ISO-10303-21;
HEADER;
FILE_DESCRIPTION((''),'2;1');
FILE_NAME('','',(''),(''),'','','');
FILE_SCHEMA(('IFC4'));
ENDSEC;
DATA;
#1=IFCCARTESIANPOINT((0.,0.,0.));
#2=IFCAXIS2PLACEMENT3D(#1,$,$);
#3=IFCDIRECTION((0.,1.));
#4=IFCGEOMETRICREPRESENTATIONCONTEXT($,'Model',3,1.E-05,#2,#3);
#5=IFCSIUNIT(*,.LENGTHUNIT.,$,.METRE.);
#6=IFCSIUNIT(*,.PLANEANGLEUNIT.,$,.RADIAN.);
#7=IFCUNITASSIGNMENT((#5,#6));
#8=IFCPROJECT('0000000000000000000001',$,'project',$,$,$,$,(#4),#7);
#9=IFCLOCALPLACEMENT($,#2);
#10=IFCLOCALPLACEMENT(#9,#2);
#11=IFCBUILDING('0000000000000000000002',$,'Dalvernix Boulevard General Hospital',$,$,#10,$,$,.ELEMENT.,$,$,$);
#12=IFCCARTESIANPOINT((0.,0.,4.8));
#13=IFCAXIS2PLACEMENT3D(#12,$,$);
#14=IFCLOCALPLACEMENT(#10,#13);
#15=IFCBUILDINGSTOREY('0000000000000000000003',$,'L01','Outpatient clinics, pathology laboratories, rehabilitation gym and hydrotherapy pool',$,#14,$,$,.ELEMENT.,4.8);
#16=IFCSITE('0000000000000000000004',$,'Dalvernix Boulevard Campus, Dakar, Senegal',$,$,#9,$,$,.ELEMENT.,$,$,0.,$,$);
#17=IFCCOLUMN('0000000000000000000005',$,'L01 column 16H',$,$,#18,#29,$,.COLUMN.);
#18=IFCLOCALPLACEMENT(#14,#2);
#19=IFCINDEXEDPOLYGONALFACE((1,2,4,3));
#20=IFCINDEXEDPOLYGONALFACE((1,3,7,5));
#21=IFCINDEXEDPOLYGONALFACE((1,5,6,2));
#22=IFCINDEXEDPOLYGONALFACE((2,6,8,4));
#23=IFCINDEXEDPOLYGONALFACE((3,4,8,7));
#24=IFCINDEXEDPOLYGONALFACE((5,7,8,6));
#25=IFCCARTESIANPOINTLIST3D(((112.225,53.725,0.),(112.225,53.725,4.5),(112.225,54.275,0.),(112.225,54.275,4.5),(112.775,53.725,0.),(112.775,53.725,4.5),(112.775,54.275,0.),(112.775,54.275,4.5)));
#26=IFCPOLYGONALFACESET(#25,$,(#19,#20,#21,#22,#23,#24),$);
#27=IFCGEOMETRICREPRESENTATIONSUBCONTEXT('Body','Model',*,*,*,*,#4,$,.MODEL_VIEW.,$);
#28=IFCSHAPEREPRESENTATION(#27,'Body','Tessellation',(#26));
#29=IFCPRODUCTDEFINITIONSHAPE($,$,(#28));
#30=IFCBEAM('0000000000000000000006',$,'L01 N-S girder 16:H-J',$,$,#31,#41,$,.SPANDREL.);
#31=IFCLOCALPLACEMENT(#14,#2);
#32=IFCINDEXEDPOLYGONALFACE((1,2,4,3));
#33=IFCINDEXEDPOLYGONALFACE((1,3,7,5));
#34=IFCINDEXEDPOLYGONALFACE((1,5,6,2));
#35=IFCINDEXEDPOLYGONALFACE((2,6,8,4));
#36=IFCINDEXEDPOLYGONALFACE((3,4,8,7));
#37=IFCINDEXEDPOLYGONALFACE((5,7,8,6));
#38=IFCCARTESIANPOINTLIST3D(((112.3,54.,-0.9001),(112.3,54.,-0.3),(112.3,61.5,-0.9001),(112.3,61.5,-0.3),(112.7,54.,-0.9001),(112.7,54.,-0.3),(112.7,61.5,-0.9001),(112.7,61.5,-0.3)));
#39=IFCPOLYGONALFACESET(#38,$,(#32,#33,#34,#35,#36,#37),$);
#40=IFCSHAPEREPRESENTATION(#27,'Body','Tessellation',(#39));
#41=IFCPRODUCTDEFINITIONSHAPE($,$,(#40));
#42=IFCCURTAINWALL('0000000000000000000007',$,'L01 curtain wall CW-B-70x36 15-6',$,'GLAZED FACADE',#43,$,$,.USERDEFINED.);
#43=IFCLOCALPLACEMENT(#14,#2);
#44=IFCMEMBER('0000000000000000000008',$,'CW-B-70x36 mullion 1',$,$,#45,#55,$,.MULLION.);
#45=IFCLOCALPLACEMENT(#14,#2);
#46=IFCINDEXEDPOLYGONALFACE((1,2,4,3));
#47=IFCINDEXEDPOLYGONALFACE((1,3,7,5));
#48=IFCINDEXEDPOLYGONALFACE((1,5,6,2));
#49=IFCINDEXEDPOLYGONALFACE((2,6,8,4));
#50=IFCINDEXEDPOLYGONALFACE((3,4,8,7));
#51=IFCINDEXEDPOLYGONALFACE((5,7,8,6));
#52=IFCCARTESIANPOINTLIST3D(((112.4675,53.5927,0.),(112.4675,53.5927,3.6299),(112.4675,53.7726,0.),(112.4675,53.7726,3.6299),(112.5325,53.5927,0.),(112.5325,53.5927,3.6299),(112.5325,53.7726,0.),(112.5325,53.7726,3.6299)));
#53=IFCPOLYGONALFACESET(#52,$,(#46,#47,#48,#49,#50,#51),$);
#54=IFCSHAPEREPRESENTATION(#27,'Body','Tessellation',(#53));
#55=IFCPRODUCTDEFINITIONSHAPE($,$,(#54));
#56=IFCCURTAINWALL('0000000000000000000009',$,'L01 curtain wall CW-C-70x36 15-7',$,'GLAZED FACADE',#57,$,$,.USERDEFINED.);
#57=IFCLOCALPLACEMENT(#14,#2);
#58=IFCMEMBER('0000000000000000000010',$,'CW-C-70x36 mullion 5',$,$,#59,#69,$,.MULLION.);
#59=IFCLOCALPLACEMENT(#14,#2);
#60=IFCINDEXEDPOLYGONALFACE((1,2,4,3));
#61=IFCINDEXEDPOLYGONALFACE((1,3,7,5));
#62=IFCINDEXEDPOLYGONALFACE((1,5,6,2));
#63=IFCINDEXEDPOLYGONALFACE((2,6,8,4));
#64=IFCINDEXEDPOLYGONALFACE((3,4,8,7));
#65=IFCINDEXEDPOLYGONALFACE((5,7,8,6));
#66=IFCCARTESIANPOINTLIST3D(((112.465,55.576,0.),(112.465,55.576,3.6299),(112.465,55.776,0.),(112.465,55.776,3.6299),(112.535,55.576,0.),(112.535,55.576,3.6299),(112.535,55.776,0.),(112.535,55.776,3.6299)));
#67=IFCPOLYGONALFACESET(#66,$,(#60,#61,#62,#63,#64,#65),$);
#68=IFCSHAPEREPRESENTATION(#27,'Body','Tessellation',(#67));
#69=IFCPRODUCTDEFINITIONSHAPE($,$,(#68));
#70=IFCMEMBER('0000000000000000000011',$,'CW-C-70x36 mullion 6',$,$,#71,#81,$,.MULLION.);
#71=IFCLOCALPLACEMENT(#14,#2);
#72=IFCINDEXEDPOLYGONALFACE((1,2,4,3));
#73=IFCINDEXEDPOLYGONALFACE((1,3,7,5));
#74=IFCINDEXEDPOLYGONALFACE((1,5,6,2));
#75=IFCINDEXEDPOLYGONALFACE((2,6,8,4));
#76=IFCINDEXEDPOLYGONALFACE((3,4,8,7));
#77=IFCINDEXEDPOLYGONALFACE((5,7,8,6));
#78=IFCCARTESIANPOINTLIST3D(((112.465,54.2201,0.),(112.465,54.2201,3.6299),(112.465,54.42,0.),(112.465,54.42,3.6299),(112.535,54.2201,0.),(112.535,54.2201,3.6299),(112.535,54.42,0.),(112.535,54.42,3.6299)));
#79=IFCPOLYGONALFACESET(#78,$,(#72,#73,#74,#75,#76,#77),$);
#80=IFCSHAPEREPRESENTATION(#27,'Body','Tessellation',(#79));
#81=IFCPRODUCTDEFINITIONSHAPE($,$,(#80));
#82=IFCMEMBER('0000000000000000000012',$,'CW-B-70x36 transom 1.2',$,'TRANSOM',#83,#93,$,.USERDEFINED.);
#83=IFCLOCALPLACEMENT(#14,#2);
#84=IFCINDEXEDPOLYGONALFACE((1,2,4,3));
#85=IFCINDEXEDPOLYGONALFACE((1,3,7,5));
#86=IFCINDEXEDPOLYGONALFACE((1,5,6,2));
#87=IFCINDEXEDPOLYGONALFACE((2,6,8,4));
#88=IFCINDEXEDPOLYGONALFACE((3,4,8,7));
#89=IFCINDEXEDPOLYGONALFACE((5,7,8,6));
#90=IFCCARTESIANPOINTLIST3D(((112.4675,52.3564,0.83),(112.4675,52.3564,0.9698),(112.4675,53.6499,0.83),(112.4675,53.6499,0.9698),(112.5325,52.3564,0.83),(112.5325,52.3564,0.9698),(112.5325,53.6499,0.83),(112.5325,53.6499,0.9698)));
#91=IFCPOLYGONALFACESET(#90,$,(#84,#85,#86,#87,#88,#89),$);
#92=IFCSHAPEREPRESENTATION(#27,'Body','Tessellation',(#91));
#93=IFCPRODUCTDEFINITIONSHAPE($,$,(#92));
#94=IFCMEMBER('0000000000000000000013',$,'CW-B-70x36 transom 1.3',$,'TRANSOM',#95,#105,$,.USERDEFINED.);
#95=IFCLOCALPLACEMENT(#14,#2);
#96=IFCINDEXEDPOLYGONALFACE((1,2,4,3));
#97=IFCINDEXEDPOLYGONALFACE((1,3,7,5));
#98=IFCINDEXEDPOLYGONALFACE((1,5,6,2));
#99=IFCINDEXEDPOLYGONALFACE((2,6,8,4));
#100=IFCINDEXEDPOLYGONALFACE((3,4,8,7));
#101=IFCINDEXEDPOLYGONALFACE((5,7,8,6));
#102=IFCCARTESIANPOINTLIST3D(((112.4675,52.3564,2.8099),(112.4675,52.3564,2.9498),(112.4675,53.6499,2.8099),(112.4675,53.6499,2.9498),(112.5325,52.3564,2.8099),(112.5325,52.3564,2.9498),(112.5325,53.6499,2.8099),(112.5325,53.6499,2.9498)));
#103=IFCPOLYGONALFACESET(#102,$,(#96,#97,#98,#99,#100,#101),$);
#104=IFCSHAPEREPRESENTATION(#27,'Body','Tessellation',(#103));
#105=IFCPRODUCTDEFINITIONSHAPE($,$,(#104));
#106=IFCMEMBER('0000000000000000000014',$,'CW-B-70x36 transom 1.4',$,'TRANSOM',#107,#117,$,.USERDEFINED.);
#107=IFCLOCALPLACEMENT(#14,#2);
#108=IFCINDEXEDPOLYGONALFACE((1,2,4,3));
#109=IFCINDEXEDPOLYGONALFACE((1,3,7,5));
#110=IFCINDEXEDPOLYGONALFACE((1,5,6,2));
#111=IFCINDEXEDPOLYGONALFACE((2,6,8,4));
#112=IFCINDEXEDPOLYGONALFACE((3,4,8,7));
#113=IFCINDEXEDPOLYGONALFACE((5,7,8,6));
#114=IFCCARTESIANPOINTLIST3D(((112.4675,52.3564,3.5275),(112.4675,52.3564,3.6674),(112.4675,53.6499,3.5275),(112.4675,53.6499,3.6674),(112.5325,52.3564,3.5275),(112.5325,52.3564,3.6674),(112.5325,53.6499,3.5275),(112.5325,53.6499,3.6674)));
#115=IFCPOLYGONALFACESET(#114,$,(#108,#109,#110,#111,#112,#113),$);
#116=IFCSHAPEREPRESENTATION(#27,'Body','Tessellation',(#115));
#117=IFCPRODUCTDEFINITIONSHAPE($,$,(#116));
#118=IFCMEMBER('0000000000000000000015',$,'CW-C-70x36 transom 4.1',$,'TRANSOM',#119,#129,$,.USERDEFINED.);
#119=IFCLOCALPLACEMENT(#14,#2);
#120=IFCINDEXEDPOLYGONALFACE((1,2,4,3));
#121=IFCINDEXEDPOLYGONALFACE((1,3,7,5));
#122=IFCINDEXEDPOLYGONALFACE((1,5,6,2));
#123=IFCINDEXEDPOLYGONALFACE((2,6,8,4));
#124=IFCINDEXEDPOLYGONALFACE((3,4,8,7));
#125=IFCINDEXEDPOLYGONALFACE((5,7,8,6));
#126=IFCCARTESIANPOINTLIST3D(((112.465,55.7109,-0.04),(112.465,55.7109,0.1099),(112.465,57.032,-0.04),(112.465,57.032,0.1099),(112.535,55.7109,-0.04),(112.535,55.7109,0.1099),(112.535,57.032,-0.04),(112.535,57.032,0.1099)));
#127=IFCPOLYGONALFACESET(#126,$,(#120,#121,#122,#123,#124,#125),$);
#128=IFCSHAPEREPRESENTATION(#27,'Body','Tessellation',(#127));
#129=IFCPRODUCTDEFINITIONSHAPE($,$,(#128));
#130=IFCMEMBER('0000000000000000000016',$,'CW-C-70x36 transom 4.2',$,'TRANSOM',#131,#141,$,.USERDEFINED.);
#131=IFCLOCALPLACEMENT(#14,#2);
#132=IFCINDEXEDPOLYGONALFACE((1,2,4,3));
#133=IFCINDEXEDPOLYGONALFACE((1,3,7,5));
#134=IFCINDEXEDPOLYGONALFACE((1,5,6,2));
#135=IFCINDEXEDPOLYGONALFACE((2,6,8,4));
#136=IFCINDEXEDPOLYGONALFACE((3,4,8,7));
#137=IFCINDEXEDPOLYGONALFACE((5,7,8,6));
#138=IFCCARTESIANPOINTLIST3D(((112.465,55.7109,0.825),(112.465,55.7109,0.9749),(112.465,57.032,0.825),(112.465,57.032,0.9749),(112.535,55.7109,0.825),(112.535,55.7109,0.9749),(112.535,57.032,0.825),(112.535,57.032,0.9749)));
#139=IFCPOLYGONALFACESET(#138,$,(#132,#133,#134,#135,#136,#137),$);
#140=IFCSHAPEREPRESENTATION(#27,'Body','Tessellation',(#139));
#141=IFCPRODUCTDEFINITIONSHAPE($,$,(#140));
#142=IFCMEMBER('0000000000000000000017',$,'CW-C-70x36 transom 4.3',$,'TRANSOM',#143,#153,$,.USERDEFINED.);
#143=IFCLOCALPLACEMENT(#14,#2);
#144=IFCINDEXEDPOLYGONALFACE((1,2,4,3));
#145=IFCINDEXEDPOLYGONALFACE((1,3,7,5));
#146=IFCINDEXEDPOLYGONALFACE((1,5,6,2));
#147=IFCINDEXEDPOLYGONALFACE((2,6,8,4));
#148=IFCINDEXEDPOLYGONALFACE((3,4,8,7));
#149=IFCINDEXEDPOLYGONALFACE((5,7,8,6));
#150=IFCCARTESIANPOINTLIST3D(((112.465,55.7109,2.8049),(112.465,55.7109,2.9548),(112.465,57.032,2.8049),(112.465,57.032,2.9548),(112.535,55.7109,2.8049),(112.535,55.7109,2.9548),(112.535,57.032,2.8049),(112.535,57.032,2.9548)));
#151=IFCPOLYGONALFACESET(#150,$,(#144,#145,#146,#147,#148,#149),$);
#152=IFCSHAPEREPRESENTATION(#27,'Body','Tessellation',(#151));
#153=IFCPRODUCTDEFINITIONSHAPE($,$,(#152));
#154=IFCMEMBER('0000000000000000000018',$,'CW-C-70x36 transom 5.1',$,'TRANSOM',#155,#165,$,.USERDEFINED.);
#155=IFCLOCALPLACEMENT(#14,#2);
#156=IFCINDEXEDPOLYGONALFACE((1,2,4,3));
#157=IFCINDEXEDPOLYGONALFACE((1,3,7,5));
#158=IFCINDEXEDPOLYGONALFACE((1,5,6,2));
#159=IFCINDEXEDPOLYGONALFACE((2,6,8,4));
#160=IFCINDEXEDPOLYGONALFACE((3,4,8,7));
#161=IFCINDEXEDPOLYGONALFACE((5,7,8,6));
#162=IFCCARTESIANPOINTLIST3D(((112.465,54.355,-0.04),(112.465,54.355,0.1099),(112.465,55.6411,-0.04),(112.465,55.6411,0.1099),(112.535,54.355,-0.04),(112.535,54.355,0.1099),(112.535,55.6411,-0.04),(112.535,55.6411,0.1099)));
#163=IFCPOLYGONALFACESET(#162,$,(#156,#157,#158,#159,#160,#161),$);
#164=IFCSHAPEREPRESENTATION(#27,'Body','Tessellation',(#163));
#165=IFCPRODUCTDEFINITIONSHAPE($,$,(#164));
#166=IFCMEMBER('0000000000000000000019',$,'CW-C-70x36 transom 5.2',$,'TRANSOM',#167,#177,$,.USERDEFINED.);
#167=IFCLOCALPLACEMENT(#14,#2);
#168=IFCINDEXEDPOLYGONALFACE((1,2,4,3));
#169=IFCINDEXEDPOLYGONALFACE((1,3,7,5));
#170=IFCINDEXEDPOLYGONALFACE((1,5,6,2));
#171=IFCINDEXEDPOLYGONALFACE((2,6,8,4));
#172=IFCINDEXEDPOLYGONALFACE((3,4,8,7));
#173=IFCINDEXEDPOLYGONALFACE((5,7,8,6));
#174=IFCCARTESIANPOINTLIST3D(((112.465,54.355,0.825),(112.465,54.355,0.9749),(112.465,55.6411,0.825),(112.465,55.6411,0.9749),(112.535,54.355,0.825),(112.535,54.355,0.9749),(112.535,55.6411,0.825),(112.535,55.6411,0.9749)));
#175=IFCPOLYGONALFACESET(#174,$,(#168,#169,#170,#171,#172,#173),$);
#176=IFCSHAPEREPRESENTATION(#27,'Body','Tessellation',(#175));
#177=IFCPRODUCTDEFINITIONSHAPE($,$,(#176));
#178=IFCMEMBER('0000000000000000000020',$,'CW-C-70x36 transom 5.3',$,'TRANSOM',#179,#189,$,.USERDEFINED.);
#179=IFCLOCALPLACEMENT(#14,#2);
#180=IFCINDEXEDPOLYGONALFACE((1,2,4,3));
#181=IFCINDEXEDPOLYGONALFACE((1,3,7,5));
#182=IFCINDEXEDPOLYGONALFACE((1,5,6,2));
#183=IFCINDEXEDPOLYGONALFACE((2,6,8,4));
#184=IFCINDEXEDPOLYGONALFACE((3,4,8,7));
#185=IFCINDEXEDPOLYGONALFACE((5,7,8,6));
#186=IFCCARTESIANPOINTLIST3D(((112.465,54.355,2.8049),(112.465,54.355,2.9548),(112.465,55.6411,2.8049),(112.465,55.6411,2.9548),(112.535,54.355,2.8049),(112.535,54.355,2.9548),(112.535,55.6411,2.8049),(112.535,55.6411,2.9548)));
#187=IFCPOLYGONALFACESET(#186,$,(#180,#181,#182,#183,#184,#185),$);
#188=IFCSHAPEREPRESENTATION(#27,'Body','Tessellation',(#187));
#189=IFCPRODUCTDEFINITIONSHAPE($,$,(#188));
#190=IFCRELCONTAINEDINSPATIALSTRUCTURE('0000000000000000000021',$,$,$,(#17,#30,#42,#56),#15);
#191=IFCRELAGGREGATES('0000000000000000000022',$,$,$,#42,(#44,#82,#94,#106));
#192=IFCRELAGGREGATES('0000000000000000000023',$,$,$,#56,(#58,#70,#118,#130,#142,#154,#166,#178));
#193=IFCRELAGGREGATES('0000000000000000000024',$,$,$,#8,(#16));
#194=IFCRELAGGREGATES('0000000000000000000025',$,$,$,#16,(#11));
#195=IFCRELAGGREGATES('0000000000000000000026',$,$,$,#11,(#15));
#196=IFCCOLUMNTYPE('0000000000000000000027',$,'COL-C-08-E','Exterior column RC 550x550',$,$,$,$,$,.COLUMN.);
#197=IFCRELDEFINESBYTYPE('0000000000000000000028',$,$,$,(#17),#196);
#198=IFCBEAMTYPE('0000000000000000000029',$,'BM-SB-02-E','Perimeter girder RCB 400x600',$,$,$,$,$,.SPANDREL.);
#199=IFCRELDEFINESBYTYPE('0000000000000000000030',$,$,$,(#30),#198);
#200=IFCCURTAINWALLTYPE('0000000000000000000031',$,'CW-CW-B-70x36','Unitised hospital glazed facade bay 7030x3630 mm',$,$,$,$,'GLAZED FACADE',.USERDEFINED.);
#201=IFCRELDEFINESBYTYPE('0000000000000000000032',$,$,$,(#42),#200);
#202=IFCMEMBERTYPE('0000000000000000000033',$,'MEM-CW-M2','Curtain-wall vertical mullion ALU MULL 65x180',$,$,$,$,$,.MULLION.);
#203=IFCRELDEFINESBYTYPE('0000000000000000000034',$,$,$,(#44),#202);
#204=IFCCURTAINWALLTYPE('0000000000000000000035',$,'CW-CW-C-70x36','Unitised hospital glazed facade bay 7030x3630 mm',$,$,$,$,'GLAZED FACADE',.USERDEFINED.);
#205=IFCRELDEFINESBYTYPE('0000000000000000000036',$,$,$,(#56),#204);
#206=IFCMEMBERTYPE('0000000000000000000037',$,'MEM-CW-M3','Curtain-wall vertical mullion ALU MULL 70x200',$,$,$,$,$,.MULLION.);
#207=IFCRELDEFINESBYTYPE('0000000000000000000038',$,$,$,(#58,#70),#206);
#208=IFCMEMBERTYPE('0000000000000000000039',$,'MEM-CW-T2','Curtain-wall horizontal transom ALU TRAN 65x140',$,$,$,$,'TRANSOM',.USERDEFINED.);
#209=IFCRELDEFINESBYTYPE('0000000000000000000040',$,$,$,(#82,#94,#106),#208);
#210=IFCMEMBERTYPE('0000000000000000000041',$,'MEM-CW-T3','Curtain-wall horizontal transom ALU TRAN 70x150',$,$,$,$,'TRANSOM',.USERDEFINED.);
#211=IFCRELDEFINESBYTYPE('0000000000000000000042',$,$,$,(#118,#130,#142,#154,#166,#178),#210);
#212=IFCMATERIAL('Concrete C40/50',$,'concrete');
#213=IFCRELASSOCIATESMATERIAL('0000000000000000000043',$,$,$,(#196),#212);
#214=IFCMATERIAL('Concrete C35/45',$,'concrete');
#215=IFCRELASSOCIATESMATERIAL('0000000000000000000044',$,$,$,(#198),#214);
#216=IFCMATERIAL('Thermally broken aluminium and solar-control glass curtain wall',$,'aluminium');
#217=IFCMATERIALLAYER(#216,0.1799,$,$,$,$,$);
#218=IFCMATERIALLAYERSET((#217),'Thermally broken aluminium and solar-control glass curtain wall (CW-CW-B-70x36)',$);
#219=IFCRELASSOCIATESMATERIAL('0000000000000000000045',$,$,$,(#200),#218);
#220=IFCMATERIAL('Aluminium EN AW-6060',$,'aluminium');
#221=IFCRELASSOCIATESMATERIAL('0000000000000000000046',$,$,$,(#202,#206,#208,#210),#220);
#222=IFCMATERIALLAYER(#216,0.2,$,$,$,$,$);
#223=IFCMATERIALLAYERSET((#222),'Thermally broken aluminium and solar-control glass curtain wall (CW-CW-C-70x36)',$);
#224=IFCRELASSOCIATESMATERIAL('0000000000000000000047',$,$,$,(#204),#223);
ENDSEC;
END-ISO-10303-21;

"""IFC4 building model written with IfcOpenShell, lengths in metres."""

from ifc_helpers import new_model, si_unit, direction, frame, origin, origin_2d, place, context, subcontext, project, spatial, rectangle, extrude, material, layer, layer_set, material_profile, profile_set, type_object, element, aggregate, save


model = new_model("IFC4")

# Units and contexts
model_context = context("Model", 3, precision=1e-05, world=origin(), true_north=direction((0.0, 1.0)))
body_context = subcontext(model_context, "Body", "Model", "MODEL_VIEW")
ifc_project = project(units=[si_unit("LENGTHUNIT", "METRE"), si_unit("PLANEANGLEUNIT", "RADIAN")], contexts=[model_context])

# Site, building, storey
site_placement = place(None, origin())
site = spatial("IfcSite", under=ifc_project, at=site_placement, Name="Dalvernix Boulevard Campus, Dakar, Senegal", CompositionType="ELEMENT", RefElevation=0.0)
building_placement = place(site_placement, origin())
building = spatial("IfcBuilding", under=site, at=building_placement, Name="Dalvernix Boulevard General Hospital", CompositionType="ELEMENT")
storey_placement = place(building_placement, frame((0.0, 0.0, 4.8)))
storey = spatial("IfcBuildingStorey", under=building, at=storey_placement, Name="L01", Description="Outpatient clinics, pathology laboratories, rehabilitation gym and hydrotherapy pool", CompositionType="ELEMENT", Elevation=4.8)

# Column
ifc_material_1 = material(Name="Concrete C40/50", Category="concrete")
ifc_material_profile_1 = material_profile(ifc_material_1, rectangle(XDim=0.55, YDim=0.55, at=origin_2d()), Name="RC 550x550")
ifc_profile_set_1 = profile_set([ifc_material_profile_1], Name="Concrete C40/50")
column_type = type_object("IfcColumnType", Name="COL-C-08-E", Description="Exterior column RC 550x550", PredefinedType="COLUMN", material=ifc_profile_set_1)
column_placement = place(storey_placement, frame((112.5, 54.0, 0.0), z_axis=(0.0, 0.0, 1.0), x_axis=(1.0, 0.0, 0.0)))
element("IfcColumn", 1, at=column_placement, inside=storey, type_object=column_type, Name="L01 column 16H", PredefinedType="COLUMN", context=body_context, shape_type="SweptSolid", body=[
    extrude(rectangle(XDim=0.55, YDim=0.55, at=origin_2d()), origin(), (0.0, 0.0, 1.0), 4.5),
])

# Beam
ifc_material_2 = material(Name="Concrete C35/45", Category="concrete")
ifc_material_profile_2 = material_profile(ifc_material_2, rectangle(XDim=0.3999, YDim=0.6001, at=origin_2d()), Name="RCB 400x600")
ifc_profile_set_2 = profile_set([ifc_material_profile_2], Name="Concrete C35/45")
beam_type = type_object("IfcBeamType", Name="BM-SB-02-E", Description="Perimeter girder RCB 400x600", PredefinedType="SPANDREL", material=ifc_profile_set_2)
beam_placement = place(storey_placement, frame((112.5, 54.0, -0.6001), z_axis=(0.0, 1.0, 0.0), x_axis=(-1.0, 0.0, 0.0)))
element("IfcBeam", 2, at=beam_placement, inside=storey, type_object=beam_type, Name="L01 N-S girder 16:H-J", PredefinedType="SPANDREL", context=body_context, shape_type="SweptSolid", body=[
    extrude(rectangle(XDim=0.3999, YDim=0.6001, at=origin_2d()), origin(), (0.0, 0.0, 1.0), 7.5),
])

# Curtain wall, member
ifc_material_3 = material(Name="Thermally broken aluminium and solar-control glass curtain wall", Category="aluminium")
ifc_layer_1 = layer(ifc_material_3, 0.1799)
ifc_layer_set_1 = layer_set([ifc_layer_1], Name="Thermally broken aluminium and solar-control glass curtain wall (CW-CW-B-70x36)")
curtain_wall_type_1 = type_object("IfcCurtainWallType", Name="CW-CW-B-70x36", Description="Unitised hospital glazed facade bay 7030x3630 mm", ElementType="GLAZED FACADE", PredefinedType="USERDEFINED", material=ifc_layer_set_1)
curtain_wall_1_placement = place(storey_placement, origin())
curtain_wall_1 = element("IfcCurtainWall", 3, at=curtain_wall_1_placement, inside=storey, type_object=curtain_wall_type_1, Name="L01 curtain wall CW-B-70x36 15-6", ObjectType="GLAZED FACADE", PredefinedType="USERDEFINED")
ifc_material_4 = material(Name="Aluminium EN AW-6060", Category="aluminium")
ifc_material_profile_3 = material_profile(ifc_material_4, rectangle(XDim=0.0649, YDim=0.1799, at=origin_2d()), Name="ALU MULL 65x180")
ifc_profile_set_3 = profile_set([ifc_material_profile_3], Name="Aluminium EN AW-6060")
member_type_1 = type_object("IfcMemberType", Name="MEM-CW-M2", Description="Curtain-wall vertical mullion ALU MULL 65x180", PredefinedType="MULLION", material=ifc_profile_set_3)
member_1_placement = place(storey_placement, frame((112.5, 53.6826, 0.0), z_axis=(0.0, 0.0, 1.0), x_axis=(1.0, 0.0, 0.0)))
member_1 = element("IfcMember", 4, at=member_1_placement, type_object=member_type_1, Name="CW-B-70x36 mullion 1", PredefinedType="MULLION", context=body_context, shape_type="SweptSolid", body=[
    extrude(rectangle(XDim=0.0649, YDim=0.1799, at=origin_2d()), origin(), (0.0, 0.0, 1.0), 3.6299),
])

# Curtain wall, members
ifc_layer_2 = layer(ifc_material_3, 0.2)
ifc_layer_set_2 = layer_set([ifc_layer_2], Name="Thermally broken aluminium and solar-control glass curtain wall (CW-CW-C-70x36)")
curtain_wall_type_2 = type_object("IfcCurtainWallType", Name="CW-CW-C-70x36", Description="Unitised hospital glazed facade bay 7030x3630 mm", ElementType="GLAZED FACADE", PredefinedType="USERDEFINED", material=ifc_layer_set_2)
curtain_wall_2_placement = place(storey_placement, origin())
curtain_wall_2 = element("IfcCurtainWall", 5, at=curtain_wall_2_placement, inside=storey, type_object=curtain_wall_type_2, Name="L01 curtain wall CW-C-70x36 15-7", ObjectType="GLAZED FACADE", PredefinedType="USERDEFINED")
ifc_material_profile_4 = material_profile(ifc_material_4, rectangle(XDim=0.0701, YDim=0.2, at=origin_2d()), Name="ALU MULL 70x200")
ifc_profile_set_4 = profile_set([ifc_material_profile_4], Name="Aluminium EN AW-6060")
member_type_2 = type_object("IfcMemberType", Name="MEM-CW-M3", Description="Curtain-wall vertical mullion ALU MULL 70x200", PredefinedType="MULLION", material=ifc_profile_set_4)
member_2_placement = place(storey_placement, frame((112.5, 55.676, 0.0), z_axis=(0.0, 0.0, 1.0), x_axis=(1.0, 0.0, 0.0)))
member_2 = element("IfcMember", 6, at=member_2_placement, type_object=member_type_2, Name="CW-C-70x36 mullion 5", PredefinedType="MULLION", context=body_context, shape_type="SweptSolid", body=[
    extrude(rectangle(XDim=0.0701, YDim=0.2, at=origin_2d()), origin(), (0.0, 0.0, 1.0), 3.6299),
])
member_3_placement = place(storey_placement, frame((112.5, 54.3201, 0.0), z_axis=(0.0, 0.0, 1.0), x_axis=(1.0, 0.0, 0.0)))
member_3 = element("IfcMember", 7, at=member_3_placement, type_object=member_type_2, Name="CW-C-70x36 mullion 6", PredefinedType="MULLION", context=body_context, shape_type="SweptSolid", body=[
    extrude(rectangle(XDim=0.0701, YDim=0.2, at=origin_2d()), origin(), (0.0, 0.0, 1.0), 3.6299),
])

# Members
ifc_material_profile_5 = material_profile(ifc_material_4, rectangle(XDim=0.0649, YDim=0.1399, at=origin_2d()), Name="ALU TRAN 65x140")
ifc_profile_set_5 = profile_set([ifc_material_profile_5], Name="Aluminium EN AW-6060")
member_type_3 = type_object("IfcMemberType", Name="MEM-CW-T2", Description="Curtain-wall horizontal transom ALU TRAN 65x140", ElementType="TRANSOM", PredefinedType="USERDEFINED", material=ifc_profile_set_5)
member_4_placement = place(storey_placement, frame((112.5, 53.6499, 0.8999), z_axis=(0.0, -1.0, 0.0), x_axis=(1.0, 0.0, 0.0)))
member_4 = element("IfcMember", 8, at=member_4_placement, type_object=member_type_3, Name="CW-B-70x36 transom 1.2", ObjectType="TRANSOM", PredefinedType="USERDEFINED", context=body_context, shape_type="SweptSolid", body=[
    extrude(rectangle(XDim=0.0649, YDim=0.1399, at=origin_2d()), origin(), (0.0, 0.0, 1.0), 1.2935),
])
member_5_placement = place(storey_placement, frame((112.5, 53.6499, 2.8799), z_axis=(0.0, -1.0, 0.0), x_axis=(1.0, 0.0, 0.0)))
member_5 = element("IfcMember", 9, at=member_5_placement, type_object=member_type_3, Name="CW-B-70x36 transom 1.3", ObjectType="TRANSOM", PredefinedType="USERDEFINED", context=body_context, shape_type="SweptSolid", body=[
    extrude(rectangle(XDim=0.0649, YDim=0.1399, at=origin_2d()), origin(), (0.0, 0.0, 1.0), 1.2935),
])
member_6_placement = place(storey_placement, frame((112.5, 53.6499, 3.5974), z_axis=(0.0, -1.0, 0.0), x_axis=(1.0, 0.0, 0.0)))
member_6 = element("IfcMember", 10, at=member_6_placement, type_object=member_type_3, Name="CW-B-70x36 transom 1.4", ObjectType="TRANSOM", PredefinedType="USERDEFINED", context=body_context, shape_type="SweptSolid", body=[
    extrude(rectangle(XDim=0.0649, YDim=0.1399, at=origin_2d()), origin(), (0.0, 0.0, 1.0), 1.2935),
])
aggregate(curtain_wall_1, [member_1, member_4, member_5, member_6])
ifc_material_profile_6 = material_profile(ifc_material_4, rectangle(XDim=0.0701, YDim=0.1499, at=origin_2d()), Name="ALU TRAN 70x150")
ifc_profile_set_6 = profile_set([ifc_material_profile_6], Name="Aluminium EN AW-6060")
member_type_4 = type_object("IfcMemberType", Name="MEM-CW-T3", Description="Curtain-wall horizontal transom ALU TRAN 70x150", ElementType="TRANSOM", PredefinedType="USERDEFINED", material=ifc_profile_set_6)
member_7_placement = place(storey_placement, frame((112.5, 57.032, 0.0349), z_axis=(0.0, -1.0, 0.0), x_axis=(1.0, 0.0, 0.0)))
member_7 = element("IfcMember", 11, at=member_7_placement, type_object=member_type_4, Name="CW-C-70x36 transom 4.1", ObjectType="TRANSOM", PredefinedType="USERDEFINED", context=body_context, shape_type="SweptSolid", body=[
    extrude(rectangle(XDim=0.0701, YDim=0.1499, at=origin_2d()), origin(), (0.0, 0.0, 1.0), 1.321),
])
member_8_placement = place(storey_placement, frame((112.5, 57.032, 0.8999), z_axis=(0.0, -1.0, 0.0), x_axis=(1.0, 0.0, 0.0)))
member_8 = element("IfcMember", 12, at=member_8_placement, type_object=member_type_4, Name="CW-C-70x36 transom 4.2", ObjectType="TRANSOM", PredefinedType="USERDEFINED", context=body_context, shape_type="SweptSolid", body=[
    extrude(rectangle(XDim=0.0701, YDim=0.1499, at=origin_2d()), origin(), (0.0, 0.0, 1.0), 1.321),
])
member_9_placement = place(storey_placement, frame((112.5, 57.032, 2.8799), z_axis=(0.0, -1.0, 0.0), x_axis=(1.0, 0.0, 0.0)))
member_9 = element("IfcMember", 13, at=member_9_placement, type_object=member_type_4, Name="CW-C-70x36 transom 4.3", ObjectType="TRANSOM", PredefinedType="USERDEFINED", context=body_context, shape_type="SweptSolid", body=[
    extrude(rectangle(XDim=0.0701, YDim=0.1499, at=origin_2d()), origin(), (0.0, 0.0, 1.0), 1.321),
])
member_10_placement = place(storey_placement, frame((112.5, 55.6411, 0.0349), z_axis=(0.0, -1.0, 0.0), x_axis=(1.0, 0.0, 0.0)))
member_10 = element("IfcMember", 14, at=member_10_placement, type_object=member_type_4, Name="CW-C-70x36 transom 5.1", ObjectType="TRANSOM", PredefinedType="USERDEFINED", context=body_context, shape_type="SweptSolid", body=[
    extrude(rectangle(XDim=0.0701, YDim=0.1499, at=origin_2d()), origin(), (0.0, 0.0, 1.0), 1.2861),
])
member_11_placement = place(storey_placement, frame((112.5, 55.6411, 0.8999), z_axis=(0.0, -1.0, 0.0), x_axis=(1.0, 0.0, 0.0)))
member_11 = element("IfcMember", 15, at=member_11_placement, type_object=member_type_4, Name="CW-C-70x36 transom 5.2", ObjectType="TRANSOM", PredefinedType="USERDEFINED", context=body_context, shape_type="SweptSolid", body=[
    extrude(rectangle(XDim=0.0701, YDim=0.1499, at=origin_2d()), origin(), (0.0, 0.0, 1.0), 1.2861),
])
member_12_placement = place(storey_placement, frame((112.5, 55.6411, 2.8799), z_axis=(0.0, -1.0, 0.0), x_axis=(1.0, 0.0, 0.0)))
member_12 = element("IfcMember", 16, at=member_12_placement, type_object=member_type_4, Name="CW-C-70x36 transom 5.3", ObjectType="TRANSOM", PredefinedType="USERDEFINED", context=body_context, shape_type="SweptSolid", body=[
    extrude(rectangle(XDim=0.0701, YDim=0.1499, at=origin_2d()), origin(), (0.0, 0.0, 1.0), 1.2861),
])

aggregate(curtain_wall_2, [member_2, member_3, member_7, member_8, member_9, member_10, member_11, member_12])

save(model, "model.ifc")
